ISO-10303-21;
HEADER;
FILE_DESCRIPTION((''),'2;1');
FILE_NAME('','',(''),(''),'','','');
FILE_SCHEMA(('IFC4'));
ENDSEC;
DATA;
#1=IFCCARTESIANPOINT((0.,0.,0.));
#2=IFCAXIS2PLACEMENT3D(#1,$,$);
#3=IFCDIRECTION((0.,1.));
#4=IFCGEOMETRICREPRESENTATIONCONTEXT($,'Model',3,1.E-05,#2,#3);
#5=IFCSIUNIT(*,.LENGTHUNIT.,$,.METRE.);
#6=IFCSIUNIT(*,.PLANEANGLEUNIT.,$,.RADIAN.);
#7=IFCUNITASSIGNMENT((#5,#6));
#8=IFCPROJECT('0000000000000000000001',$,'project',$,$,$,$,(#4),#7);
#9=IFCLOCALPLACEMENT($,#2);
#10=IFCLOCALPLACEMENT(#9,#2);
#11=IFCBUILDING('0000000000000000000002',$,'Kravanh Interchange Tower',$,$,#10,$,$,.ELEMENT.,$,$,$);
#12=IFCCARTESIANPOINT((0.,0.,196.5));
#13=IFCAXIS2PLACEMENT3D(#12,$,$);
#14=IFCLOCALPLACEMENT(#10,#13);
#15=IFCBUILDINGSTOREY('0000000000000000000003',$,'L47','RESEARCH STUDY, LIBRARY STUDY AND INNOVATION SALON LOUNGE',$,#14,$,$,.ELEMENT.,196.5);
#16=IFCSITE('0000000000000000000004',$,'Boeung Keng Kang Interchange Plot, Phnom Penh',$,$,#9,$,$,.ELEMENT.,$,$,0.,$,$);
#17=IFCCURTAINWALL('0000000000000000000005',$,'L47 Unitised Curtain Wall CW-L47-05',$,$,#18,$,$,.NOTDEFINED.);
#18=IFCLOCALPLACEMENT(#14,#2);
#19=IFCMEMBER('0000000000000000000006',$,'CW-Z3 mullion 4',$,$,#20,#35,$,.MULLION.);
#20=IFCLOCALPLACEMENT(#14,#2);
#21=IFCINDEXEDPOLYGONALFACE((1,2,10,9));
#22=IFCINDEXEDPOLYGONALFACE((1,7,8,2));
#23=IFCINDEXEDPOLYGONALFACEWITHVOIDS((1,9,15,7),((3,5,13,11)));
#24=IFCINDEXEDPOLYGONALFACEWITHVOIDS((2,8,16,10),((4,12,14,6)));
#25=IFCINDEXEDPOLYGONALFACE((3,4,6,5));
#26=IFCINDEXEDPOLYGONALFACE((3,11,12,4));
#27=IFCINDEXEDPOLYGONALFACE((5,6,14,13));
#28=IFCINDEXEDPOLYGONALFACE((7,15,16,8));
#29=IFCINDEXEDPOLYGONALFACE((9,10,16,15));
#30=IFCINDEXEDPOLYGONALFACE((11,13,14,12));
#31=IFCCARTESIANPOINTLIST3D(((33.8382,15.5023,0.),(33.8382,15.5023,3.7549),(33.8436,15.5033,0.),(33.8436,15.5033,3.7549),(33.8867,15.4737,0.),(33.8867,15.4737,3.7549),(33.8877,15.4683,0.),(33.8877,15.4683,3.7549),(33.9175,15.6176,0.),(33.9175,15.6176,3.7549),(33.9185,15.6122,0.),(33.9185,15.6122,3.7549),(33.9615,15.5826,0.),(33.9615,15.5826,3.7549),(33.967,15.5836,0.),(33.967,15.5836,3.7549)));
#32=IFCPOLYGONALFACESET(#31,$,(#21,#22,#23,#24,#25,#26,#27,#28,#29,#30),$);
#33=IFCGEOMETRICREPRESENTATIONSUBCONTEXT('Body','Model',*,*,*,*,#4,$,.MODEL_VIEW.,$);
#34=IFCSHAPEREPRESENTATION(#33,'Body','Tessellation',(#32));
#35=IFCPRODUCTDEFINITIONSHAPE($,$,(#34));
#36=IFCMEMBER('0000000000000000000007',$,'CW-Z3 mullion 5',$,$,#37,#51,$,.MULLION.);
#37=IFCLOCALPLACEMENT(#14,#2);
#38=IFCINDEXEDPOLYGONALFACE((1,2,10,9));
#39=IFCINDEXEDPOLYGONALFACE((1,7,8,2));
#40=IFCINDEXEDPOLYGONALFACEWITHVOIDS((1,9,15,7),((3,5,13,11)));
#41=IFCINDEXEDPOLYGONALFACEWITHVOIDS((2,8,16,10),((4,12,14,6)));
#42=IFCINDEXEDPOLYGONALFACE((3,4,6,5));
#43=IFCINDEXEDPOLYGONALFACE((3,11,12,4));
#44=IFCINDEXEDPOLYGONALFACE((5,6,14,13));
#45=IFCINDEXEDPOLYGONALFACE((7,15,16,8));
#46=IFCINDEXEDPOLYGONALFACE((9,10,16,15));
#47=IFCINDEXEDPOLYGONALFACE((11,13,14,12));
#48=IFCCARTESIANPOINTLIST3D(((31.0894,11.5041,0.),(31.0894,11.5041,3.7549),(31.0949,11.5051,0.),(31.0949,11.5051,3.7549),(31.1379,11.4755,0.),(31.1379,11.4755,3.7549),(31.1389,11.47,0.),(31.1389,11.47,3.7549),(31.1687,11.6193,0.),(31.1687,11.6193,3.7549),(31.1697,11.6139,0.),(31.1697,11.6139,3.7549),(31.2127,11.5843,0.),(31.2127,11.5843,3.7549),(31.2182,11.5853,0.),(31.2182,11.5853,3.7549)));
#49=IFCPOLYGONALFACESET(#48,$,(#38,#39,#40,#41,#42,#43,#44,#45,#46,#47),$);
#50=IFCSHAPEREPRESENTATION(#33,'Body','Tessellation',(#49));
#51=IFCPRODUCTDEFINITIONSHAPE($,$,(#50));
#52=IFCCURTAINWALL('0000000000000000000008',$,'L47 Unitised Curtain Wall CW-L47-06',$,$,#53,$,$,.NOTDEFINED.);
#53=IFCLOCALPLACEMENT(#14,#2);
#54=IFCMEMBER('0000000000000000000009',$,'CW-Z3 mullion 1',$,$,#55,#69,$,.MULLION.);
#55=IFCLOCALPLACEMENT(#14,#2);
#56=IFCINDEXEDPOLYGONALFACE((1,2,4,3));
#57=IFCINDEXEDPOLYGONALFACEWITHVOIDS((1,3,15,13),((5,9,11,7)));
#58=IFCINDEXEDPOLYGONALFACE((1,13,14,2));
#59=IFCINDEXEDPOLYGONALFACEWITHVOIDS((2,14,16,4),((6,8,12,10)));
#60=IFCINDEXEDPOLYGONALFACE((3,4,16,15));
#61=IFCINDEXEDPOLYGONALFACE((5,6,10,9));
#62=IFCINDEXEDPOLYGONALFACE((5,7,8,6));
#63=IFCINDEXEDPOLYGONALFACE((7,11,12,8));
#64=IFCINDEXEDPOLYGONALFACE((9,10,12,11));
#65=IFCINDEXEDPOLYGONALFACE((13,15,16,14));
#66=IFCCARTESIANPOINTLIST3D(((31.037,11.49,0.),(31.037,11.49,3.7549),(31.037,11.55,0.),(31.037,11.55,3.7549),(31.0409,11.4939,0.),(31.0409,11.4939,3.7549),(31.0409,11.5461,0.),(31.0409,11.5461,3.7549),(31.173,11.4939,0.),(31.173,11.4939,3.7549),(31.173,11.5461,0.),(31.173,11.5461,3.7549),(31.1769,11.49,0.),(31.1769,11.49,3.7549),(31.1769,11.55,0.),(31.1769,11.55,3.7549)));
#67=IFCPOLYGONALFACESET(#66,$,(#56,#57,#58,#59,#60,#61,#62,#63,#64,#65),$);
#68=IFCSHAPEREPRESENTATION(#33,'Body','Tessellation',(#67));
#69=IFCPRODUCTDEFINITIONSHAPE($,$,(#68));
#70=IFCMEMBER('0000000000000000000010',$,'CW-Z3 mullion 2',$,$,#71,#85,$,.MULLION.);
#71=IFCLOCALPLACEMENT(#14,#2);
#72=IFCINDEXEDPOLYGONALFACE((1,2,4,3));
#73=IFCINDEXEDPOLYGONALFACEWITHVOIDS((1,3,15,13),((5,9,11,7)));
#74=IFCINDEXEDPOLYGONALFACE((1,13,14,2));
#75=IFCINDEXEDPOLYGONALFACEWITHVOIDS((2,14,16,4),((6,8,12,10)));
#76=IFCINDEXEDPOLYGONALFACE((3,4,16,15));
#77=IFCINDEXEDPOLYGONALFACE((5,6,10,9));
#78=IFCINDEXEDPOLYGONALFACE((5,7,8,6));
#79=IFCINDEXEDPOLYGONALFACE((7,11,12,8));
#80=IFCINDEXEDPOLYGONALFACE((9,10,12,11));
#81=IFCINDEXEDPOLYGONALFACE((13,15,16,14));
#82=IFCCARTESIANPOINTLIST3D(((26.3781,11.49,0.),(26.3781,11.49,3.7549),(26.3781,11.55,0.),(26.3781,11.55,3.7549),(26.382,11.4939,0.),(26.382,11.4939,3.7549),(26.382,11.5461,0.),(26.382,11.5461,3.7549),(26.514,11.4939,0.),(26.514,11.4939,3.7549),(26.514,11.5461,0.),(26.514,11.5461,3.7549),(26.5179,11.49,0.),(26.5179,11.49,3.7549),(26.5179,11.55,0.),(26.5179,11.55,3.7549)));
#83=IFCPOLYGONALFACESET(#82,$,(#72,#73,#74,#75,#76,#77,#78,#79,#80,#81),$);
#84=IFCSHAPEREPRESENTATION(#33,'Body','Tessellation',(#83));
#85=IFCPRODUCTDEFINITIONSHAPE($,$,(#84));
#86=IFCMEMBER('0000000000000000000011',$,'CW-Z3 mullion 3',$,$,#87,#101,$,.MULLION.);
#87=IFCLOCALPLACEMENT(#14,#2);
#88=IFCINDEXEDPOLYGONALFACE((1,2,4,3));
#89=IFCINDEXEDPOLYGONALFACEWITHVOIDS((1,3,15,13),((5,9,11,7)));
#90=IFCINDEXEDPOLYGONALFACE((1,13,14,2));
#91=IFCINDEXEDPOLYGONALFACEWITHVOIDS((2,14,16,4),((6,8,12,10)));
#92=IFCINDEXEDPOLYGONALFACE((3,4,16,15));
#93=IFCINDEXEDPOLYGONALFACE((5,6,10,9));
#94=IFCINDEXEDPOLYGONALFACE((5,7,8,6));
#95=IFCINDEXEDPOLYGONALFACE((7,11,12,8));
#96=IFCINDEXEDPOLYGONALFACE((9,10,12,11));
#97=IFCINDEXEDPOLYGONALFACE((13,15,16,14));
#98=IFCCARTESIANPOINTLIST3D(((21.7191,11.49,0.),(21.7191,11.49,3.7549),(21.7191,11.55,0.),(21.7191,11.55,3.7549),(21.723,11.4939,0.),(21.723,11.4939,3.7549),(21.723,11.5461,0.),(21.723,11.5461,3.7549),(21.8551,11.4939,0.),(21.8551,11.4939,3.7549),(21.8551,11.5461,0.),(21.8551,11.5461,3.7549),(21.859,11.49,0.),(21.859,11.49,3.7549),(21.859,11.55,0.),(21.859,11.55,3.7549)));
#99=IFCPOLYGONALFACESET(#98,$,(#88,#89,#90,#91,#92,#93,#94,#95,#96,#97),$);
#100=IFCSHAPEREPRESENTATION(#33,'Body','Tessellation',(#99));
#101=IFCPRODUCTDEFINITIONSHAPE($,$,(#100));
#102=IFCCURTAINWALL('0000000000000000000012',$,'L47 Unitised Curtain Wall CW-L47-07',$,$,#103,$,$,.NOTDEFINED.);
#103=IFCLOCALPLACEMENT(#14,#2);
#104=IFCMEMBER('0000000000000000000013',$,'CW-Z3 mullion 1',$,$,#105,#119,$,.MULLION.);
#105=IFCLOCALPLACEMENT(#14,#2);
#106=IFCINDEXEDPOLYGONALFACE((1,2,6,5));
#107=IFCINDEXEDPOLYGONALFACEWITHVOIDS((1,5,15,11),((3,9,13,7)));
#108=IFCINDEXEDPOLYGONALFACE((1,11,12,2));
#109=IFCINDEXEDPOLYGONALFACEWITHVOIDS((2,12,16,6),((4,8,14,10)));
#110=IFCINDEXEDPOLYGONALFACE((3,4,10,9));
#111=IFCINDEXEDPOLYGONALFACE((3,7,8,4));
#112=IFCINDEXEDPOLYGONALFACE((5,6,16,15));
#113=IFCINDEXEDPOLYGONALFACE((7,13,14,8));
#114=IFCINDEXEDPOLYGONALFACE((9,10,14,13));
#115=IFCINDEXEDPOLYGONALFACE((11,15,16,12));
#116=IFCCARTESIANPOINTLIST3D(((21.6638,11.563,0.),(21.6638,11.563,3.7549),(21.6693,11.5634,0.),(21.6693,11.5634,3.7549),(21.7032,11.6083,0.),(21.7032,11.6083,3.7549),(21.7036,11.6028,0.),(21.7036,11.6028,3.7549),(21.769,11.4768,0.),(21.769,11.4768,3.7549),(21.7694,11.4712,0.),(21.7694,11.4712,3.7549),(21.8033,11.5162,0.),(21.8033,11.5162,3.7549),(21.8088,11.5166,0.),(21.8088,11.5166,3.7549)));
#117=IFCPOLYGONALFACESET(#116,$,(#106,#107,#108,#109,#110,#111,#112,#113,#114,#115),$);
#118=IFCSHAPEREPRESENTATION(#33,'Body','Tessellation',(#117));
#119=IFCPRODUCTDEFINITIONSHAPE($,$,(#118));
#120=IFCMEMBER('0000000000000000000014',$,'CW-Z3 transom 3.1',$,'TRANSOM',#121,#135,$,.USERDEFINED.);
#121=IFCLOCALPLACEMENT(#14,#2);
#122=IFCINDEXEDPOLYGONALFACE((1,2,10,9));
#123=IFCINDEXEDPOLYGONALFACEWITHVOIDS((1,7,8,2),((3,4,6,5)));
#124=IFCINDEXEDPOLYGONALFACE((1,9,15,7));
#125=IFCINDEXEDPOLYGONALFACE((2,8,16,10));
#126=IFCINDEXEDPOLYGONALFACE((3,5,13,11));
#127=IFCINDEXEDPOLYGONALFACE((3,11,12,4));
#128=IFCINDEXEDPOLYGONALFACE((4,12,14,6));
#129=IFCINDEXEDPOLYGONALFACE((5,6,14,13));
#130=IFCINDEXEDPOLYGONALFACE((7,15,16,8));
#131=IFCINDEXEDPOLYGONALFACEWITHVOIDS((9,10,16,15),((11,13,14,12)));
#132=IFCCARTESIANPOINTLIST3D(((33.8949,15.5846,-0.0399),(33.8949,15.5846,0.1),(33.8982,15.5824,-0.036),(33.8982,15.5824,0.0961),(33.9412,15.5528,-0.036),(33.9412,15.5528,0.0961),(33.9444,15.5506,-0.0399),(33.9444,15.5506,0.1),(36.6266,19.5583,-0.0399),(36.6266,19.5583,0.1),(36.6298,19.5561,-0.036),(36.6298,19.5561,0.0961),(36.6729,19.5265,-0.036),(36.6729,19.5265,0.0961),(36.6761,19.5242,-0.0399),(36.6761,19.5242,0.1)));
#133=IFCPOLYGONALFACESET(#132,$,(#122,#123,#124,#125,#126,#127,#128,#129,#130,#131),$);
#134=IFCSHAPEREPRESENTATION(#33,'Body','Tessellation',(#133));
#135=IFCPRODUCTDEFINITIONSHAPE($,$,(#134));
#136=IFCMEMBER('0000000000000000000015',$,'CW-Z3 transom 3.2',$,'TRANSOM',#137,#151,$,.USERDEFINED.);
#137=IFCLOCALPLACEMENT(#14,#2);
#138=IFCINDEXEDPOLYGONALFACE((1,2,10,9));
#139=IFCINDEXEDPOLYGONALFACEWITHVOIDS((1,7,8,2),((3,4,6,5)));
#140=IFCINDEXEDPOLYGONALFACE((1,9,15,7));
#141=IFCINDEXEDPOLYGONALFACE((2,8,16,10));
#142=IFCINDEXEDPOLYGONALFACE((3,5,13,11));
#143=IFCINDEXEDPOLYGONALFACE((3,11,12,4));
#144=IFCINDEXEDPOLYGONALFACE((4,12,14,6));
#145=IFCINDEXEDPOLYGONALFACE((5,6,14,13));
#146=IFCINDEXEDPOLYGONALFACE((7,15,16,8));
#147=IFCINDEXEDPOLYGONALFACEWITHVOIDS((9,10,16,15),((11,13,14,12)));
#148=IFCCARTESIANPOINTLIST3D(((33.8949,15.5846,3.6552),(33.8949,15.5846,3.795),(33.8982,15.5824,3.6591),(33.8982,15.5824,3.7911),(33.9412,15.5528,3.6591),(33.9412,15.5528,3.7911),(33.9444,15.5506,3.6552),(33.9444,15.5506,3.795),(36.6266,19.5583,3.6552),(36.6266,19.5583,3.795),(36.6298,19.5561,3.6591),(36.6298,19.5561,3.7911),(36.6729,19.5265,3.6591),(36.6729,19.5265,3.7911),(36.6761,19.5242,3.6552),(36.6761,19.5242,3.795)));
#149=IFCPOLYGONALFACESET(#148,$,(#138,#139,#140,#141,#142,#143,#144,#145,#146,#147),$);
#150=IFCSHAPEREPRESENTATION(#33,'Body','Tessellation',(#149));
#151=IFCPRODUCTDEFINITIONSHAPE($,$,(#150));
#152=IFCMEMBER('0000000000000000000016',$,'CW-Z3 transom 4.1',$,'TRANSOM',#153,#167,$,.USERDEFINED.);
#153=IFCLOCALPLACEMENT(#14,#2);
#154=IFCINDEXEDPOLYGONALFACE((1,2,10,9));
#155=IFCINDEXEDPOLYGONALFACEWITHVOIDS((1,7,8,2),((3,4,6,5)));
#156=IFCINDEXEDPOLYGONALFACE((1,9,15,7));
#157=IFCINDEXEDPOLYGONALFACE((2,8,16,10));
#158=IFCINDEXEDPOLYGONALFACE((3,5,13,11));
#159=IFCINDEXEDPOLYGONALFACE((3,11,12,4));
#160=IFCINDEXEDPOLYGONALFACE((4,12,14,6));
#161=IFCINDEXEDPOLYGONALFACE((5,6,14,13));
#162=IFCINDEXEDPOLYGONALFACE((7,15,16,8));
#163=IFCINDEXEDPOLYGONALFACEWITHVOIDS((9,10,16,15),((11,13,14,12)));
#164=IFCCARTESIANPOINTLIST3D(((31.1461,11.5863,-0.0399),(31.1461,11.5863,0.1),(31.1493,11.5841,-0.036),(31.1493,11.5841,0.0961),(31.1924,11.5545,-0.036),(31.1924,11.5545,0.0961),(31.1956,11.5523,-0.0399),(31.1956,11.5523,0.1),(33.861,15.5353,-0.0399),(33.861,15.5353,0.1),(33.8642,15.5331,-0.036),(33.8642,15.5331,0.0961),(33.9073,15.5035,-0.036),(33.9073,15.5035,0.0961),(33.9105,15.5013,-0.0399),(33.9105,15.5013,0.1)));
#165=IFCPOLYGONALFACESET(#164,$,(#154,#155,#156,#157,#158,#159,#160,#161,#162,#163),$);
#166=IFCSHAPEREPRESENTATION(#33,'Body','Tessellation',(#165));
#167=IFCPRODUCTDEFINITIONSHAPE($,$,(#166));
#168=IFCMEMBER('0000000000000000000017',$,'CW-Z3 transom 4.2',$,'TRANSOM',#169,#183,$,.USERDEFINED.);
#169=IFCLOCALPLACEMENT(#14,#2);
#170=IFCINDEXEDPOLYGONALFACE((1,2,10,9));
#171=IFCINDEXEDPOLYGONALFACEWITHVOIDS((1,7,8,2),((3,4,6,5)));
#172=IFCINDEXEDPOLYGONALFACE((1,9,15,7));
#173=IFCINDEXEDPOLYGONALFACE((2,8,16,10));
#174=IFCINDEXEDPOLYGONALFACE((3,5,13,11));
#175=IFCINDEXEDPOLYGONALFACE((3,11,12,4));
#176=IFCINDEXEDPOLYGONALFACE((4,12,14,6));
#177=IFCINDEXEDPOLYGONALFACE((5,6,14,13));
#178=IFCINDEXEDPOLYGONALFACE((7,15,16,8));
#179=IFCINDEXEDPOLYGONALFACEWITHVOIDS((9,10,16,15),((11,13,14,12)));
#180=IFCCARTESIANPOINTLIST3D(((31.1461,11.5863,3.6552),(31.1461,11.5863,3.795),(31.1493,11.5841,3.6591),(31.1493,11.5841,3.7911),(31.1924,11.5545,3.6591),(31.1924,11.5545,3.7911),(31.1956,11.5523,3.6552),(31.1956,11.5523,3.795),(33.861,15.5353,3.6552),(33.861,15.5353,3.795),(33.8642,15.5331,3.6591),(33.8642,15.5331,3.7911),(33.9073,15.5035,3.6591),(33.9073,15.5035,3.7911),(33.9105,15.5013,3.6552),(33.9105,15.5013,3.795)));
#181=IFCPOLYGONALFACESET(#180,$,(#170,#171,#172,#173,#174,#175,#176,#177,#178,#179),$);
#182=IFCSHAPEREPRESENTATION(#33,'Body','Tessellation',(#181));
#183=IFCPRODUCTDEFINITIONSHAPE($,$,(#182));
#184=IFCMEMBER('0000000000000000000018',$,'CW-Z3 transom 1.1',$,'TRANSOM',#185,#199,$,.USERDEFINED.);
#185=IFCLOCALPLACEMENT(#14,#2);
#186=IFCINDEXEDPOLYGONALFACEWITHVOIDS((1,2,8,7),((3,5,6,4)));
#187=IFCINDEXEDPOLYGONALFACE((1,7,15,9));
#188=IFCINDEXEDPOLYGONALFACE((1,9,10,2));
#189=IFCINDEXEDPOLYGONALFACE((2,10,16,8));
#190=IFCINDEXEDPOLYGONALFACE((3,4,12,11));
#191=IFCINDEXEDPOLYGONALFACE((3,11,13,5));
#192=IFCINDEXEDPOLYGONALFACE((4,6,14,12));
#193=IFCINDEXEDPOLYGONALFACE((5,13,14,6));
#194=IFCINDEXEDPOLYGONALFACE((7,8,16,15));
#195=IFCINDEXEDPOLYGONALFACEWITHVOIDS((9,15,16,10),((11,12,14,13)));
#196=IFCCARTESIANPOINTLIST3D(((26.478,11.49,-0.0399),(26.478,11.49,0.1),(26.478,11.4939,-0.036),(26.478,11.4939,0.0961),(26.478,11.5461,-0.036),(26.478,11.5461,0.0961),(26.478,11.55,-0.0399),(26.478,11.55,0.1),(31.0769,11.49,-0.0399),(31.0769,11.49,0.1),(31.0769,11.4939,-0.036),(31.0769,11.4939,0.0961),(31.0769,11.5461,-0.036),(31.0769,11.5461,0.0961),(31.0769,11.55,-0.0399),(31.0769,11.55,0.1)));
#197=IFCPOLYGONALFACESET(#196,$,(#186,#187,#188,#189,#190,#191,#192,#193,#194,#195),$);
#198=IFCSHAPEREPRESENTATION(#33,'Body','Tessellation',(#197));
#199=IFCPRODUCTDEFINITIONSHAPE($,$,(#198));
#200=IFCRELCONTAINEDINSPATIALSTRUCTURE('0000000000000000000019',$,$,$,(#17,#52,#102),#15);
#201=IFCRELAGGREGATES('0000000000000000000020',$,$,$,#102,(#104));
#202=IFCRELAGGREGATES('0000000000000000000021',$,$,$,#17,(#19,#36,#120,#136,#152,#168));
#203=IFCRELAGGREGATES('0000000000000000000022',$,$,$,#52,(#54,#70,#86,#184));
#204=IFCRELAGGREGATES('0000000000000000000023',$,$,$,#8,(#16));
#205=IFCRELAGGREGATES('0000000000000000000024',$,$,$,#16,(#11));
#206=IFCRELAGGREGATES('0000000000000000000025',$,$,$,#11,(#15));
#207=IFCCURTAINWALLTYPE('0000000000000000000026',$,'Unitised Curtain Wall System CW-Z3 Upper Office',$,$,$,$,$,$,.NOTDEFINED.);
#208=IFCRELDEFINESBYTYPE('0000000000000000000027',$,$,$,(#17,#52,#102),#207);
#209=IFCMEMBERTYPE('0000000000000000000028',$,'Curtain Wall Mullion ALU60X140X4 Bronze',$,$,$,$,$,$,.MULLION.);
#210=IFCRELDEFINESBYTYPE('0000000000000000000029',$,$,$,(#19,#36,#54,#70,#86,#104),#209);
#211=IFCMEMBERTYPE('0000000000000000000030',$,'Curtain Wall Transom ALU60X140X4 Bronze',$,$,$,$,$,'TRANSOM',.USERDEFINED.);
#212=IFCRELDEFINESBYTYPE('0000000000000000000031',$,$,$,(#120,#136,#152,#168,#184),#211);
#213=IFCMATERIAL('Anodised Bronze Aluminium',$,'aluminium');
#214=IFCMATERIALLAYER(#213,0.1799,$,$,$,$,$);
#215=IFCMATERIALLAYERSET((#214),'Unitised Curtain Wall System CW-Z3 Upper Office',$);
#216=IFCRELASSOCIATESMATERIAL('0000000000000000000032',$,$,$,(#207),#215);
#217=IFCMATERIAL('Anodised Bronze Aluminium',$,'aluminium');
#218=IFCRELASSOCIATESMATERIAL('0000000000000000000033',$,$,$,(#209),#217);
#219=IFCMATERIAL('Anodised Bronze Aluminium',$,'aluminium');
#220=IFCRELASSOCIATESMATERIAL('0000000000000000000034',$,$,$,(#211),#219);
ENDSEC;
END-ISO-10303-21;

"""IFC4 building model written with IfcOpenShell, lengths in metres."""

from ifc_helpers import new_model, si_unit, direction, frame, origin, origin_2d, place, context, subcontext, project, spatial, hollow_rectangle, extrude, material, layer, layer_set, material_profile, profile_set, type_object, element, aggregate, save


model = new_model("IFC4")

# Units and contexts
model_context = context("Model", 3, precision=1e-05, world=origin(), true_north=direction((0.0, 1.0)))
body_context = subcontext(model_context, "Body", "Model", "MODEL_VIEW")
ifc_project = project(units=[si_unit("LENGTHUNIT", "METRE"), si_unit("PLANEANGLEUNIT", "RADIAN")], contexts=[model_context])

# Site, building, storey
site_placement = place(None, origin())
site = spatial("IfcSite", under=ifc_project, at=site_placement, Name="Boeung Keng Kang Interchange Plot, Phnom Penh", CompositionType="ELEMENT", RefElevation=0.0)
building_placement = place(site_placement, origin())
building = spatial("IfcBuilding", under=site, at=building_placement, Name="Kravanh Interchange Tower", CompositionType="ELEMENT")
storey_placement = place(building_placement, frame((0.0, 0.0, 196.5)))
storey = spatial("IfcBuildingStorey", under=building, at=storey_placement, Name="L47", Description="RESEARCH STUDY, LIBRARY STUDY AND INNOVATION SALON LOUNGE", CompositionType="ELEMENT", Elevation=196.5)

# Curtain walls, members
ifc_material_1 = material(Name="Anodised Bronze Aluminium", Category="aluminium")
ifc_layer_1 = layer(ifc_material_1, 0.1799)
ifc_layer_set_1 = layer_set([ifc_layer_1], Name="Unitised Curtain Wall System CW-Z3 Upper Office")
curtain_wall_type = type_object("IfcCurtainWallType", Name="Unitised Curtain Wall System CW-Z3 Upper Office", PredefinedType="NOTDEFINED", material=ifc_layer_set_1)
curtain_wall_1_placement = place(storey_placement, origin())
curtain_wall_1 = element("IfcCurtainWall", 1, at=curtain_wall_1_placement, inside=storey, type_object=curtain_wall_type, Name="L47 Unitised Curtain Wall CW-L47-05", PredefinedType="NOTDEFINED")
ifc_material_2 = material(Name="Anodised Bronze Aluminium", Category="aluminium")
ifc_material_profile_1 = material_profile(ifc_material_2, hollow_rectangle(XDim=0.0601, YDim=0.1399, WallThickness=0.0039, at=origin_2d()), Name="ALU60X140X4")
ifc_profile_set_1 = profile_set([ifc_material_profile_1], Name="Anodised Bronze Aluminium")
member_type_1 = type_object("IfcMemberType", Name="Curtain Wall Mullion ALU60X140X4 Bronze", PredefinedType="MULLION", material=ifc_profile_set_1)
member_1_placement = place(storey_placement, frame((33.9026, 15.543, 0.0), z_axis=(0.0, 0.0, 1.0), x_axis=(0.824042, -0.566528, 0.0)))
member_1 = element("IfcMember", 2, at=member_1_placement, type_object=member_type_1, Name="CW-Z3 mullion 4", PredefinedType="MULLION", context=body_context, shape_type="SweptSolid", body=[
    extrude(hollow_rectangle(XDim=0.0601, YDim=0.1399, WallThickness=0.0039, at=origin_2d()), origin(), (0.0, 0.0, 1.0), 3.7549),
])
member_2_placement = place(storey_placement, frame((31.1538, 11.5447, 0.0), z_axis=(0.0, 0.0, 1.0), x_axis=(0.824042, -0.566528, 0.0)))
member_2 = element("IfcMember", 3, at=member_2_placement, type_object=member_type_1, Name="CW-Z3 mullion 5", PredefinedType="MULLION", context=body_context, shape_type="SweptSolid", body=[
    extrude(hollow_rectangle(XDim=0.0601, YDim=0.1399, WallThickness=0.0039, at=origin_2d()), origin(), (0.0, 0.0, 1.0), 3.7549),
])
curtain_wall_2_placement = place(storey_placement, origin())
curtain_wall_2 = element("IfcCurtainWall", 4, at=curtain_wall_2_placement, inside=storey, type_object=curtain_wall_type, Name="L47 Unitised Curtain Wall CW-L47-06", PredefinedType="NOTDEFINED")
member_3_placement = place(storey_placement, frame((31.1069, 11.52, 0.0), z_axis=(0.0, 0.0, 1.0), x_axis=(0.0, -1.0, 0.0)))
member_3 = element("IfcMember", 5, at=member_3_placement, type_object=member_type_1, Name="CW-Z3 mullion 1", PredefinedType="MULLION", context=body_context, shape_type="SweptSolid", body=[
    extrude(hollow_rectangle(XDim=0.0601, YDim=0.1399, WallThickness=0.0039, at=origin_2d()), origin(), (0.0, 0.0, 1.0), 3.7549),
])
member_4_placement = place(storey_placement, frame((26.448, 11.52, 0.0), z_axis=(0.0, 0.0, 1.0), x_axis=(0.0, -1.0, 0.0)))
member_4 = element("IfcMember", 6, at=member_4_placement, type_object=member_type_1, Name="CW-Z3 mullion 2", PredefinedType="MULLION", context=body_context, shape_type="SweptSolid", body=[
    extrude(hollow_rectangle(XDim=0.0601, YDim=0.1399, WallThickness=0.0039, at=origin_2d()), origin(), (0.0, 0.0, 1.0), 3.7549),
])
member_5_placement = place(storey_placement, frame((21.7891, 11.52, 0.0), z_axis=(0.0, 0.0, 1.0), x_axis=(0.0, -1.0, 0.0)))
member_5 = element("IfcMember", 7, at=member_5_placement, type_object=member_type_1, Name="CW-Z3 mullion 3", PredefinedType="MULLION", context=body_context, shape_type="SweptSolid", body=[
    extrude(hollow_rectangle(XDim=0.0601, YDim=0.1399, WallThickness=0.0039, at=origin_2d()), origin(), (0.0, 0.0, 1.0), 3.7549),
])

# Curtain wall, member
curtain_wall_3_placement = place(storey_placement, origin())
curtain_wall_3 = element("IfcCurtainWall", 8, at=curtain_wall_3_placement, inside=storey, type_object=curtain_wall_type, Name="L47 Unitised Curtain Wall CW-L47-07", PredefinedType="NOTDEFINED")
member_6_placement = place(storey_placement, frame((21.7363, 11.5398, 0.0), z_axis=(0.0, 0.0, 1.0), x_axis=(-0.656051, -0.754717, 0.0)))
member_6 = element("IfcMember", 9, at=member_6_placement, type_object=member_type_1, Name="CW-Z3 mullion 1", PredefinedType="MULLION", context=body_context, shape_type="SweptSolid", body=[
    extrude(hollow_rectangle(XDim=0.0601, YDim=0.1399, WallThickness=0.0039, at=origin_2d()), origin(), (0.0, 0.0, 1.0), 3.7549),
])

# Members
ifc_material_3 = material(Name="Anodised Bronze Aluminium", Category="aluminium")
ifc_material_profile_2 = material_profile(ifc_material_3, hollow_rectangle(XDim=0.0601, YDim=0.1399, WallThickness=0.0039, at=origin_2d()), Name="ALU60X140X4")
ifc_profile_set_2 = profile_set([ifc_material_profile_2], Name="Anodised Bronze Aluminium")
member_type_2 = type_object("IfcMemberType", Name="Curtain Wall Transom ALU60X140X4 Bronze", ElementType="TRANSOM", PredefinedType="USERDEFINED", material=ifc_profile_set_2)
member_7_placement = place(storey_placement, frame((36.6514, 19.5413, 0.03), z_axis=(-0.566503, -0.82406, 0.0), x_axis=(0.82406, -0.566503, 0.0)))
member_7 = element("IfcMember", 10, at=member_7_placement, type_object=member_type_2, Name="CW-Z3 transom 3.1", ObjectType="TRANSOM", PredefinedType="USERDEFINED", context=body_context, shape_type="SweptSolid", body=[
    extrude(hollow_rectangle(XDim=0.0601, YDim=0.1399, WallThickness=0.0039, at=origin_2d()), origin(), (0.0, 0.0, 1.0), 4.822),
])
member_8_placement = place(storey_placement, frame((36.6514, 19.5413, 3.7251), z_axis=(-0.566503, -0.82406, 0.0), x_axis=(0.82406, -0.566503, 0.0)))
member_8 = element("IfcMember", 11, at=member_8_placement, type_object=member_type_2, Name="CW-Z3 transom 3.2", ObjectType="TRANSOM", PredefinedType="USERDEFINED", context=body_context, shape_type="SweptSolid", body=[
    extrude(hollow_rectangle(XDim=0.0601, YDim=0.1399, WallThickness=0.0039, at=origin_2d()), origin(), (0.0, 0.0, 1.0), 4.822),
])
member_9_placement = place(storey_placement, frame((33.8857, 15.5183, 0.03), z_axis=(-0.566518, -0.824049, 0.0), x_axis=(0.824049, -0.566518, 0.0)))
member_9 = element("IfcMember", 12, at=member_9_placement, type_object=member_type_2, Name="CW-Z3 transom 4.1", ObjectType="TRANSOM", PredefinedType="USERDEFINED", context=body_context, shape_type="SweptSolid", body=[
    extrude(hollow_rectangle(XDim=0.0601, YDim=0.1399, WallThickness=0.0039, at=origin_2d()), origin(), (0.0, 0.0, 1.0), 4.7922),
])
member_10_placement = place(storey_placement, frame((33.8857, 15.5183, 3.7251), z_axis=(-0.566518, -0.824049, 0.0), x_axis=(0.824049, -0.566518, 0.0)))
member_10 = element("IfcMember", 13, at=member_10_placement, type_object=member_type_2, Name="CW-Z3 transom 4.2", ObjectType="TRANSOM", PredefinedType="USERDEFINED", context=body_context, shape_type="SweptSolid", body=[
    extrude(hollow_rectangle(XDim=0.0601, YDim=0.1399, WallThickness=0.0039, at=origin_2d()), origin(), (0.0, 0.0, 1.0), 4.7922),
])
member_11_placement = place(storey_placement, frame((31.0769, 11.52, 0.03), z_axis=(-1.0, 0.0, 0.0), x_axis=(0.0, -1.0, 0.0)))
member_11 = element("IfcMember", 14, at=member_11_placement, type_object=member_type_2, Name="CW-Z3 transom 1.1", ObjectType="TRANSOM", PredefinedType="USERDEFINED", context=body_context, shape_type="SweptSolid", body=[
    extrude(hollow_rectangle(XDim=0.0601, YDim=0.1399, WallThickness=0.0039, at=origin_2d()), origin(), (0.0, 0.0, 1.0), 4.5989),
])
aggregate(curtain_wall_3, [member_6])

aggregate(curtain_wall_1, [member_1, member_2, member_7, member_8, member_9, member_10])
aggregate(curtain_wall_2, [member_3, member_4, member_5, member_11])

save(model, "model.ifc")
